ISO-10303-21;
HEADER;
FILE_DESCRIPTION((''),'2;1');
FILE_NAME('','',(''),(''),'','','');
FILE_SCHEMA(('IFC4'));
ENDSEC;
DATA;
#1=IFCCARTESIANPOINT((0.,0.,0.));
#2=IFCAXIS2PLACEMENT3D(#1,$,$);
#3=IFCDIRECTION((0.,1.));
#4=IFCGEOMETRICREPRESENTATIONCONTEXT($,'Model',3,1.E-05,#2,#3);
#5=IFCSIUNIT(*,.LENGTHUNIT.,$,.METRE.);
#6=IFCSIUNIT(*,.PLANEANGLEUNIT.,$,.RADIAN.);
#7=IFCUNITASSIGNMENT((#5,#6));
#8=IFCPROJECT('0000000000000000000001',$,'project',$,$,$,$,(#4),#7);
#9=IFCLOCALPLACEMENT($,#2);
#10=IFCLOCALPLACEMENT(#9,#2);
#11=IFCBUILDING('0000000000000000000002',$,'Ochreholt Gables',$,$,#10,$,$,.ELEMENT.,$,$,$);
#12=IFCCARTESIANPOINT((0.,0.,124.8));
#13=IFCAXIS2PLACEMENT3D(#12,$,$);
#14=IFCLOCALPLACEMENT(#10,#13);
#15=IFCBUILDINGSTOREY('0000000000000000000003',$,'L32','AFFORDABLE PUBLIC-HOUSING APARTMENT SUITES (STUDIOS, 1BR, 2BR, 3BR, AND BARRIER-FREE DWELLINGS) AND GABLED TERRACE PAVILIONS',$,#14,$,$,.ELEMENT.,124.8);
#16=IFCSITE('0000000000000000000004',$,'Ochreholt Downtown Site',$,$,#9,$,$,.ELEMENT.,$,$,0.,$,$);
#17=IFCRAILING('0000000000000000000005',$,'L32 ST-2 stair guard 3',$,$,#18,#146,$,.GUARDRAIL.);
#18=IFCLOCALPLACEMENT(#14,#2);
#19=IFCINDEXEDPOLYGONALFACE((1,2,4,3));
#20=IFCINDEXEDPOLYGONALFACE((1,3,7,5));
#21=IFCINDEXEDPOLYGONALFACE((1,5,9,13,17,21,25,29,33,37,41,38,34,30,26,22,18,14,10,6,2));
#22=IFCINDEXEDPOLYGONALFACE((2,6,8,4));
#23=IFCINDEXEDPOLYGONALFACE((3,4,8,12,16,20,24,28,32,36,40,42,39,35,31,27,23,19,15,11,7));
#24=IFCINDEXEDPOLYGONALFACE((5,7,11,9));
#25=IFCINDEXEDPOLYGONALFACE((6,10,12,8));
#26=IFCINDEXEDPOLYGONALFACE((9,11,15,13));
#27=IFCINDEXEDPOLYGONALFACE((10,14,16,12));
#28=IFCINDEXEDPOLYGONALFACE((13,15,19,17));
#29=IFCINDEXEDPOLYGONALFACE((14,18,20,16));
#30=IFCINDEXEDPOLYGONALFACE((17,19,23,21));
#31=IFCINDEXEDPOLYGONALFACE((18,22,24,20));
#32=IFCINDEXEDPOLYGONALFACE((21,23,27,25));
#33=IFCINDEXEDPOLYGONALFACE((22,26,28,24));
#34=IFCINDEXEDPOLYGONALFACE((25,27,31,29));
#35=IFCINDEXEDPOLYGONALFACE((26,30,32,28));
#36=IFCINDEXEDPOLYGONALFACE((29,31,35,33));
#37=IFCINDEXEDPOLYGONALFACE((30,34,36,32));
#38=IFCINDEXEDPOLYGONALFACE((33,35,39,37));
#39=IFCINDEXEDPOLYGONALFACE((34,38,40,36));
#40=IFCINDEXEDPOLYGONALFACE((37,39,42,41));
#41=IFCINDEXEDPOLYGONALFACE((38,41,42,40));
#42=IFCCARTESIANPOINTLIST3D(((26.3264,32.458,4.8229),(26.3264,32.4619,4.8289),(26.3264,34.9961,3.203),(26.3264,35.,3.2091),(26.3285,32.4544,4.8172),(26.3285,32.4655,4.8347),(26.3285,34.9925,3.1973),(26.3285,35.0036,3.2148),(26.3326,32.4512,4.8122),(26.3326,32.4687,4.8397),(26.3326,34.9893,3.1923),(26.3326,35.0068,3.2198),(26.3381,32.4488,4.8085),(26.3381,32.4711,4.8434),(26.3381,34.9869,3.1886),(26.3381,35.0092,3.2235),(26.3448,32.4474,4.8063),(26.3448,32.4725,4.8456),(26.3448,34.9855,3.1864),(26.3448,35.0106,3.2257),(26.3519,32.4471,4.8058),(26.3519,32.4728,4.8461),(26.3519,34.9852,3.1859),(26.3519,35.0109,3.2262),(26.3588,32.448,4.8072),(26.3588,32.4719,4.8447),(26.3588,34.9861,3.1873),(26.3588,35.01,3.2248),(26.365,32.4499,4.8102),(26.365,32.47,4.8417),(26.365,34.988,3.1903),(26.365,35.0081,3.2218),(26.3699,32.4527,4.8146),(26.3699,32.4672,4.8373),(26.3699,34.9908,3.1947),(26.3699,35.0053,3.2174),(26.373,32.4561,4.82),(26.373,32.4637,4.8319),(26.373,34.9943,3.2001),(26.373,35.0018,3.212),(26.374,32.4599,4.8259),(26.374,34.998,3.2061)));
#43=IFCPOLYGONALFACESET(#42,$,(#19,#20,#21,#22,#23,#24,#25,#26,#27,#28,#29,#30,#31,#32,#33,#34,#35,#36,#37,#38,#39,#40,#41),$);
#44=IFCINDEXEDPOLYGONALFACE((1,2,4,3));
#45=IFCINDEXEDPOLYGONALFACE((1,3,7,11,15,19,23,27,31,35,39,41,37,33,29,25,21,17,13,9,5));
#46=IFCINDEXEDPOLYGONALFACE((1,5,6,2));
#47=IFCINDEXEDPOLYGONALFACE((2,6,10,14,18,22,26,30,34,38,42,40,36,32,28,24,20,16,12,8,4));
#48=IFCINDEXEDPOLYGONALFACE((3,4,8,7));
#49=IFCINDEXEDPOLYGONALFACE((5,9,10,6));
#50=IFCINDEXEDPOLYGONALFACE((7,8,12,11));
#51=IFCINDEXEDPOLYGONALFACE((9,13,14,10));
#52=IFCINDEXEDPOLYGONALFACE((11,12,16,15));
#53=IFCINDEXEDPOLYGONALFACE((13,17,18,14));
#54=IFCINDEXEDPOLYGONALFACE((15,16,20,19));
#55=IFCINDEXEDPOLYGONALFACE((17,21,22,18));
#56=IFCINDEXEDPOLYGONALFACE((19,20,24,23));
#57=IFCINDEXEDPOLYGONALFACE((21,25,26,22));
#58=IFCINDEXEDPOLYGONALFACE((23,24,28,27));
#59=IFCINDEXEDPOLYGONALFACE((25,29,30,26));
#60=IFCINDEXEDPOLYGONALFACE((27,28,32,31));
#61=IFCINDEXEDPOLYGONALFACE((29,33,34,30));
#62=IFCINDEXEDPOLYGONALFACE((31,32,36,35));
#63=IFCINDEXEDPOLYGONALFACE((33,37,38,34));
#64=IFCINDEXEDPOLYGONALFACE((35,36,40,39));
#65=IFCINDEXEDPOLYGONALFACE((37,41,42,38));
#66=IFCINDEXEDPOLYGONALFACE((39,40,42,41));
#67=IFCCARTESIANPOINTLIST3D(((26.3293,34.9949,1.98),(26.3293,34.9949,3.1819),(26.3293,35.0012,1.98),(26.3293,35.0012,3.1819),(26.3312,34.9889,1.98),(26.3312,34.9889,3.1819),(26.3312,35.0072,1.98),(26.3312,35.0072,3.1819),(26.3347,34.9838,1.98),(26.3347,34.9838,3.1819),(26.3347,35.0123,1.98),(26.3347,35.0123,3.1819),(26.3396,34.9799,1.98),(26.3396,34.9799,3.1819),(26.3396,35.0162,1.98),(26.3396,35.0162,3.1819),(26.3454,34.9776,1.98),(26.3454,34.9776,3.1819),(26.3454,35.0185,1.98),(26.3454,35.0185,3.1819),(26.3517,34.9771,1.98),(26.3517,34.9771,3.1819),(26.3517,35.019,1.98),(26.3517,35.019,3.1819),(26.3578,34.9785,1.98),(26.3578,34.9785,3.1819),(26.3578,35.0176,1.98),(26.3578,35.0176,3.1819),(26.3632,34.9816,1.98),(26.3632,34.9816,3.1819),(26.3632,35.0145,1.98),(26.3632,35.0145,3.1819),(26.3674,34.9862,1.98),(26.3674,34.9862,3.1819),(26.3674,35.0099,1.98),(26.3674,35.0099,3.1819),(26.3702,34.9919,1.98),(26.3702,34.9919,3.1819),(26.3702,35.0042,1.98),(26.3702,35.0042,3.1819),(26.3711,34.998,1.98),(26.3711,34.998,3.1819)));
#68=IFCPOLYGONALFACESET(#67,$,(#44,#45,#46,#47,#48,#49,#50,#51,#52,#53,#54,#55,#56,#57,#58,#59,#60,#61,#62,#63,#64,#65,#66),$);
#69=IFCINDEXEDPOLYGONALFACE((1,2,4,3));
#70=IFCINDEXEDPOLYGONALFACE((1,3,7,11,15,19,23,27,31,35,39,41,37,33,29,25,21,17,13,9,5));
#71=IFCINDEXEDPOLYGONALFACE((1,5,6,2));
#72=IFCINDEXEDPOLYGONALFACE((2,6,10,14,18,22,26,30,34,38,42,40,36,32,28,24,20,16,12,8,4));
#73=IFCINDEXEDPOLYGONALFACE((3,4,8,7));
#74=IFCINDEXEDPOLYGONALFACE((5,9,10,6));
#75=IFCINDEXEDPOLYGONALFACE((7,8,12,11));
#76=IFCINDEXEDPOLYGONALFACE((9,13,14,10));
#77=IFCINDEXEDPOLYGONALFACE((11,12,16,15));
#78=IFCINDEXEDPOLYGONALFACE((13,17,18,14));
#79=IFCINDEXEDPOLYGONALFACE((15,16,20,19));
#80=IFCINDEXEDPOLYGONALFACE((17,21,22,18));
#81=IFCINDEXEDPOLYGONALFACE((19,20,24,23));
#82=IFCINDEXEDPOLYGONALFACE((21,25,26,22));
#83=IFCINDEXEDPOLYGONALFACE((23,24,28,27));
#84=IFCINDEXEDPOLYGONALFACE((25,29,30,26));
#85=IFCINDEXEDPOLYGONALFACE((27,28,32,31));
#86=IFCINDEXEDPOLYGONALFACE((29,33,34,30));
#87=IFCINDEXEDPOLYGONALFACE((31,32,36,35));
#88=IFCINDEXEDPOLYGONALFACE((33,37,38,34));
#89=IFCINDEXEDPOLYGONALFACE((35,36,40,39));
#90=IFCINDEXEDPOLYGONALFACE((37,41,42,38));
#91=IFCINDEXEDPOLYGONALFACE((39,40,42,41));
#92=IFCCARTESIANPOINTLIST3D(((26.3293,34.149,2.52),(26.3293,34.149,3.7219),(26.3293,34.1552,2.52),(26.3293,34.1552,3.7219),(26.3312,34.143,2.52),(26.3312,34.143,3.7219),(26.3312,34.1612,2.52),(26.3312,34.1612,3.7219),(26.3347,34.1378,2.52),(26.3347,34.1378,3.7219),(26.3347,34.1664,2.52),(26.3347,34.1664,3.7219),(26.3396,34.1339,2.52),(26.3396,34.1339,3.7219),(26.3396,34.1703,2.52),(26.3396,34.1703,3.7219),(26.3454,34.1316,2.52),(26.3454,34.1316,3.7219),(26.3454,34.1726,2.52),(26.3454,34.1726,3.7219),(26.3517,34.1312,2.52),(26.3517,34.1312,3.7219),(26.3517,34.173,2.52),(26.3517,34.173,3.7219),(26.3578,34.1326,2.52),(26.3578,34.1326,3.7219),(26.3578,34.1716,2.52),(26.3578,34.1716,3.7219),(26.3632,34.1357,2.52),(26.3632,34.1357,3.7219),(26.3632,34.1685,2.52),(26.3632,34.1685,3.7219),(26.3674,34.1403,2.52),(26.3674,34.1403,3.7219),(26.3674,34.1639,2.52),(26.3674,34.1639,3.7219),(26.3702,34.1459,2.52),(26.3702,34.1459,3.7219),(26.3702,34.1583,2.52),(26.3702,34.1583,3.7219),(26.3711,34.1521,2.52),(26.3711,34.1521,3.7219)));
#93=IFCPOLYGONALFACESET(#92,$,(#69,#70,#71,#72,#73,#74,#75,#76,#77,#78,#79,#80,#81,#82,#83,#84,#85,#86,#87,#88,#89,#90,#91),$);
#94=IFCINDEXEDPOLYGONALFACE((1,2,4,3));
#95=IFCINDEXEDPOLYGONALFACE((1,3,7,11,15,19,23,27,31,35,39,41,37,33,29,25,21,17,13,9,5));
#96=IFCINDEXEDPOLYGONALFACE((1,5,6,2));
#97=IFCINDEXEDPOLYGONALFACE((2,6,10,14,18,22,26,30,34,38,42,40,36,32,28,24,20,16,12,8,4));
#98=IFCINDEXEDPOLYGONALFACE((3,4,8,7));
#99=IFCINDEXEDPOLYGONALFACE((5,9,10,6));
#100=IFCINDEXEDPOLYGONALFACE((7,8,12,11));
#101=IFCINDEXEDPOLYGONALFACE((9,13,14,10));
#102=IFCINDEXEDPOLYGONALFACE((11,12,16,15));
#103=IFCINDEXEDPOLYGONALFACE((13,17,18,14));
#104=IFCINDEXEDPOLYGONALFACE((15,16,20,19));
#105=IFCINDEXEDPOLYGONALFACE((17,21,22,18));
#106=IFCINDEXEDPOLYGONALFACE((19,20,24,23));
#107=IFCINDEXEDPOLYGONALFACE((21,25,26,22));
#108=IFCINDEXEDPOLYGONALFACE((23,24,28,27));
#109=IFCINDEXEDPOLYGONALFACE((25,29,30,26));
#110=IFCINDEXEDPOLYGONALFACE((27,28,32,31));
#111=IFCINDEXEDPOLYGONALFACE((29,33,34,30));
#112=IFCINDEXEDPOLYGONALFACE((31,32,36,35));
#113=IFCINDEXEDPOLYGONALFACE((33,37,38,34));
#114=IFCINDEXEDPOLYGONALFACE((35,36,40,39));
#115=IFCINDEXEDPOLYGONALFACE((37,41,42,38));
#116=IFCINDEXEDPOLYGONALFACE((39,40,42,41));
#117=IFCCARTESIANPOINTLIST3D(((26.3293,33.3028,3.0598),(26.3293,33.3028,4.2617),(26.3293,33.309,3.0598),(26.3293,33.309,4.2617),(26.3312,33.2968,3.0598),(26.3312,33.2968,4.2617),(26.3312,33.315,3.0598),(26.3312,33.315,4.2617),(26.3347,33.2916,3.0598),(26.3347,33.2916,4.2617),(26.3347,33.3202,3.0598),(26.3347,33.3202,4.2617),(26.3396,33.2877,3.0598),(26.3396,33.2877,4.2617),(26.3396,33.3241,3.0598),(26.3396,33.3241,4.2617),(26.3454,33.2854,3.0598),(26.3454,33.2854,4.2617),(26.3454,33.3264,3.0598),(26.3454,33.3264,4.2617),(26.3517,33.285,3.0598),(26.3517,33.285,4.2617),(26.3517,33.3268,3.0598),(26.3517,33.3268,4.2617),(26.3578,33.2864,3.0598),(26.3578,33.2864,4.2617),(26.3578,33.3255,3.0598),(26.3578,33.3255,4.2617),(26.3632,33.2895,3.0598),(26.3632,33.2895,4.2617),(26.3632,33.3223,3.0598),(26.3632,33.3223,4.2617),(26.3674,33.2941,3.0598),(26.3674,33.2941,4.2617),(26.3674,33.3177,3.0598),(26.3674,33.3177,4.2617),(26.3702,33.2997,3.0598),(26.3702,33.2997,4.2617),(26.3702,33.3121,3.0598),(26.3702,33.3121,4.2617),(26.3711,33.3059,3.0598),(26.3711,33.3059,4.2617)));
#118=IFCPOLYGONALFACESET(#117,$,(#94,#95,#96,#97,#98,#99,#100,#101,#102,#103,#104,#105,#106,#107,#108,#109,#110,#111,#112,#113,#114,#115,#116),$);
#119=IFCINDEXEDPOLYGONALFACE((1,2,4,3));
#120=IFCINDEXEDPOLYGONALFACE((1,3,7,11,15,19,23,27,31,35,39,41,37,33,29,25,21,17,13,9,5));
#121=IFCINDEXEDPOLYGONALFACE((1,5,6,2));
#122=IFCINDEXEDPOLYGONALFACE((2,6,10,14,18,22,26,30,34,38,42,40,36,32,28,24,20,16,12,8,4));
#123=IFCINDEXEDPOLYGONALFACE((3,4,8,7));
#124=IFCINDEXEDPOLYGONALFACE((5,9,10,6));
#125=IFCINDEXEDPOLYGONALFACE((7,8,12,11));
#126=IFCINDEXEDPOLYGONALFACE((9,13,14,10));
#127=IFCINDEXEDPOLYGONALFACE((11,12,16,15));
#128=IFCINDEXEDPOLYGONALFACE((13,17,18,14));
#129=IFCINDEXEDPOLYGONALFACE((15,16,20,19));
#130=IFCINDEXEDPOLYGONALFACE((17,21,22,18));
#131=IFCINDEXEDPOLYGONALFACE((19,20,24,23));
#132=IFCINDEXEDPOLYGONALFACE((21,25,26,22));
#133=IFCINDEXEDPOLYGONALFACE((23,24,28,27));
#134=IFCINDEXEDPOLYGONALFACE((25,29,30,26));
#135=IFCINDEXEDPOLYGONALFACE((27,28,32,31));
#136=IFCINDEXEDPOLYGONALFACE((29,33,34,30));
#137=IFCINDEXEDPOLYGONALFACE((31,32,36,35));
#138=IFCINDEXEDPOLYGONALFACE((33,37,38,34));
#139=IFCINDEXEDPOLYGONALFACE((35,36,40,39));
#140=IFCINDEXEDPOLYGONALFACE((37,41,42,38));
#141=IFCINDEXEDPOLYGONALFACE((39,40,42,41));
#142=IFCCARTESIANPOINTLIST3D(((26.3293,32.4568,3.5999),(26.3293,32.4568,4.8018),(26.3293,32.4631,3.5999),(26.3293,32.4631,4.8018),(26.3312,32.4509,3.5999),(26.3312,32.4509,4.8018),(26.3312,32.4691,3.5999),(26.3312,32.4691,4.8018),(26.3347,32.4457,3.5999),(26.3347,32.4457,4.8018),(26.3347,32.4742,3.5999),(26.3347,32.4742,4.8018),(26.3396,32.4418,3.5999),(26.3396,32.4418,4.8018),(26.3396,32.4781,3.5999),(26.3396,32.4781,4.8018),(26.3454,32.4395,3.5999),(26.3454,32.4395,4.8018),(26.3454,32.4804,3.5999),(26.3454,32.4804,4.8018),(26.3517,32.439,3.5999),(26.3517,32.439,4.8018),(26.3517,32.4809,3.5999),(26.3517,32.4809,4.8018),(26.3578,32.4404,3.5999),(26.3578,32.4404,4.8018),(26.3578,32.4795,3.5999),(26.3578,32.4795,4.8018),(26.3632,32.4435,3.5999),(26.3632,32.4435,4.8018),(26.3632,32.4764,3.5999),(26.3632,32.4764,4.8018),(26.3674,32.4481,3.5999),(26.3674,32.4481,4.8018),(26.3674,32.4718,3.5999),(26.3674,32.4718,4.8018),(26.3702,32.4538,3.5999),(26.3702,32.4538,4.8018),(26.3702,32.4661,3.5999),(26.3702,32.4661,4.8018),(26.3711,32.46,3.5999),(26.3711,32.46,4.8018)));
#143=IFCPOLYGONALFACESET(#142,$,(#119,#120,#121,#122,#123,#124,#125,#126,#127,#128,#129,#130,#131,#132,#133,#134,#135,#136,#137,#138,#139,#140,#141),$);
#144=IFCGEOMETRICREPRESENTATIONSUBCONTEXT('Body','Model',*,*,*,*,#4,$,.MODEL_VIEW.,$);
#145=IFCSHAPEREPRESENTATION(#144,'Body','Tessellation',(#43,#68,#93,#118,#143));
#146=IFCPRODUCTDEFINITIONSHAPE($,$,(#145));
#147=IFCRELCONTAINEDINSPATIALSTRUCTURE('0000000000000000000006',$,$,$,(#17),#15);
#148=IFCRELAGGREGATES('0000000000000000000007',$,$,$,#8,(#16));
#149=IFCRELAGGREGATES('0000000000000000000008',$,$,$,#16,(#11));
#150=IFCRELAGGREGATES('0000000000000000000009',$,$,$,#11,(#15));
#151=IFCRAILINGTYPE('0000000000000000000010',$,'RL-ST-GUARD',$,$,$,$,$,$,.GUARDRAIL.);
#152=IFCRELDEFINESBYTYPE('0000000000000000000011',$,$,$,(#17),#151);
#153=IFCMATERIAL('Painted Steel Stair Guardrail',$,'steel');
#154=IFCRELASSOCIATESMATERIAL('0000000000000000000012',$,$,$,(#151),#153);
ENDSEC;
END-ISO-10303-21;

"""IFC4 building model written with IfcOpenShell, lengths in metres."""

from ifc_helpers import new_model, si_unit, direction, frame, origin, origin_2d, place, context, subcontext, project, spatial, circle, extrude, material, type_object, element, save


model = new_model("IFC4")

# Units and contexts
model_context = context("Model", 3, precision=1e-05, world=origin(), true_north=direction((0.0, 1.0)))
body_context = subcontext(model_context, "Body", "Model", "MODEL_VIEW")
ifc_project = project(units=[si_unit("LENGTHUNIT", "METRE"), si_unit("PLANEANGLEUNIT", "RADIAN")], contexts=[model_context])

# Site, building, storey
site_placement = place(None, origin())
site = spatial("IfcSite", under=ifc_project, at=site_placement, Name="Ochreholt Downtown Site", CompositionType="ELEMENT", RefElevation=0.0)
building_placement = place(site_placement, origin())
building = spatial("IfcBuilding", under=site, at=building_placement, Name="Ochreholt Gables", CompositionType="ELEMENT")
storey_placement = place(building_placement, frame((0.0, 0.0, 124.8)))
storey = spatial("IfcBuildingStorey", under=building, at=storey_placement, Name="L32", Description="AFFORDABLE PUBLIC-HOUSING APARTMENT SUITES (STUDIOS, 1BR, 2BR, 3BR, AND BARRIER-FREE DWELLINGS) AND GABLED TERRACE PAVILIONS", CompositionType="ELEMENT", Elevation=124.8)

# Railing
ifc_material_1 = material(Name="Painted Steel Stair Guardrail", Category="steel")
railing_type = type_object("IfcRailingType", Name="RL-ST-GUARD", PredefinedType="GUARDRAIL", material=ifc_material_1)
railing_1_placement = place(storey_placement, frame((26.3501, 34.998, 1.98)))
element("IfcRailing", 1, at=railing_1_placement, inside=storey, type_object=railing_type, Name="L32 ST-2 stair guard 3", PredefinedType="GUARDRAIL", context=body_context, shape_type="SweptSolid", body=[
    extrude(circle(Radius=0.0239, at=origin_2d()), frame((0.0, 0.0, 1.2261), z_axis=(0.0, -0.84295, 0.537993), x_axis=(1.0, 0.0, 0.0)), (0.0, 0.0, 1.0), 3.011),
    extrude(circle(Radius=0.021, at=origin_2d()), origin(), (0.0, 0.0, 1.0), 1.2019),
    extrude(circle(Radius=0.021, at=origin_2d()), frame((0.0, -0.8459, 0.54)), (0.0, 0.0, 1.0), 1.2019),
    extrude(circle(Radius=0.021, at=origin_2d()), frame((0.0, -1.6921, 1.0798)), (0.0, 0.0, 1.0), 1.2019),
    extrude(circle(Radius=0.021, at=origin_2d()), frame((0.0, -2.5381, 1.6199)), (0.0, 0.0, 1.0), 1.2019),
])

save(model, "model.ifc")
